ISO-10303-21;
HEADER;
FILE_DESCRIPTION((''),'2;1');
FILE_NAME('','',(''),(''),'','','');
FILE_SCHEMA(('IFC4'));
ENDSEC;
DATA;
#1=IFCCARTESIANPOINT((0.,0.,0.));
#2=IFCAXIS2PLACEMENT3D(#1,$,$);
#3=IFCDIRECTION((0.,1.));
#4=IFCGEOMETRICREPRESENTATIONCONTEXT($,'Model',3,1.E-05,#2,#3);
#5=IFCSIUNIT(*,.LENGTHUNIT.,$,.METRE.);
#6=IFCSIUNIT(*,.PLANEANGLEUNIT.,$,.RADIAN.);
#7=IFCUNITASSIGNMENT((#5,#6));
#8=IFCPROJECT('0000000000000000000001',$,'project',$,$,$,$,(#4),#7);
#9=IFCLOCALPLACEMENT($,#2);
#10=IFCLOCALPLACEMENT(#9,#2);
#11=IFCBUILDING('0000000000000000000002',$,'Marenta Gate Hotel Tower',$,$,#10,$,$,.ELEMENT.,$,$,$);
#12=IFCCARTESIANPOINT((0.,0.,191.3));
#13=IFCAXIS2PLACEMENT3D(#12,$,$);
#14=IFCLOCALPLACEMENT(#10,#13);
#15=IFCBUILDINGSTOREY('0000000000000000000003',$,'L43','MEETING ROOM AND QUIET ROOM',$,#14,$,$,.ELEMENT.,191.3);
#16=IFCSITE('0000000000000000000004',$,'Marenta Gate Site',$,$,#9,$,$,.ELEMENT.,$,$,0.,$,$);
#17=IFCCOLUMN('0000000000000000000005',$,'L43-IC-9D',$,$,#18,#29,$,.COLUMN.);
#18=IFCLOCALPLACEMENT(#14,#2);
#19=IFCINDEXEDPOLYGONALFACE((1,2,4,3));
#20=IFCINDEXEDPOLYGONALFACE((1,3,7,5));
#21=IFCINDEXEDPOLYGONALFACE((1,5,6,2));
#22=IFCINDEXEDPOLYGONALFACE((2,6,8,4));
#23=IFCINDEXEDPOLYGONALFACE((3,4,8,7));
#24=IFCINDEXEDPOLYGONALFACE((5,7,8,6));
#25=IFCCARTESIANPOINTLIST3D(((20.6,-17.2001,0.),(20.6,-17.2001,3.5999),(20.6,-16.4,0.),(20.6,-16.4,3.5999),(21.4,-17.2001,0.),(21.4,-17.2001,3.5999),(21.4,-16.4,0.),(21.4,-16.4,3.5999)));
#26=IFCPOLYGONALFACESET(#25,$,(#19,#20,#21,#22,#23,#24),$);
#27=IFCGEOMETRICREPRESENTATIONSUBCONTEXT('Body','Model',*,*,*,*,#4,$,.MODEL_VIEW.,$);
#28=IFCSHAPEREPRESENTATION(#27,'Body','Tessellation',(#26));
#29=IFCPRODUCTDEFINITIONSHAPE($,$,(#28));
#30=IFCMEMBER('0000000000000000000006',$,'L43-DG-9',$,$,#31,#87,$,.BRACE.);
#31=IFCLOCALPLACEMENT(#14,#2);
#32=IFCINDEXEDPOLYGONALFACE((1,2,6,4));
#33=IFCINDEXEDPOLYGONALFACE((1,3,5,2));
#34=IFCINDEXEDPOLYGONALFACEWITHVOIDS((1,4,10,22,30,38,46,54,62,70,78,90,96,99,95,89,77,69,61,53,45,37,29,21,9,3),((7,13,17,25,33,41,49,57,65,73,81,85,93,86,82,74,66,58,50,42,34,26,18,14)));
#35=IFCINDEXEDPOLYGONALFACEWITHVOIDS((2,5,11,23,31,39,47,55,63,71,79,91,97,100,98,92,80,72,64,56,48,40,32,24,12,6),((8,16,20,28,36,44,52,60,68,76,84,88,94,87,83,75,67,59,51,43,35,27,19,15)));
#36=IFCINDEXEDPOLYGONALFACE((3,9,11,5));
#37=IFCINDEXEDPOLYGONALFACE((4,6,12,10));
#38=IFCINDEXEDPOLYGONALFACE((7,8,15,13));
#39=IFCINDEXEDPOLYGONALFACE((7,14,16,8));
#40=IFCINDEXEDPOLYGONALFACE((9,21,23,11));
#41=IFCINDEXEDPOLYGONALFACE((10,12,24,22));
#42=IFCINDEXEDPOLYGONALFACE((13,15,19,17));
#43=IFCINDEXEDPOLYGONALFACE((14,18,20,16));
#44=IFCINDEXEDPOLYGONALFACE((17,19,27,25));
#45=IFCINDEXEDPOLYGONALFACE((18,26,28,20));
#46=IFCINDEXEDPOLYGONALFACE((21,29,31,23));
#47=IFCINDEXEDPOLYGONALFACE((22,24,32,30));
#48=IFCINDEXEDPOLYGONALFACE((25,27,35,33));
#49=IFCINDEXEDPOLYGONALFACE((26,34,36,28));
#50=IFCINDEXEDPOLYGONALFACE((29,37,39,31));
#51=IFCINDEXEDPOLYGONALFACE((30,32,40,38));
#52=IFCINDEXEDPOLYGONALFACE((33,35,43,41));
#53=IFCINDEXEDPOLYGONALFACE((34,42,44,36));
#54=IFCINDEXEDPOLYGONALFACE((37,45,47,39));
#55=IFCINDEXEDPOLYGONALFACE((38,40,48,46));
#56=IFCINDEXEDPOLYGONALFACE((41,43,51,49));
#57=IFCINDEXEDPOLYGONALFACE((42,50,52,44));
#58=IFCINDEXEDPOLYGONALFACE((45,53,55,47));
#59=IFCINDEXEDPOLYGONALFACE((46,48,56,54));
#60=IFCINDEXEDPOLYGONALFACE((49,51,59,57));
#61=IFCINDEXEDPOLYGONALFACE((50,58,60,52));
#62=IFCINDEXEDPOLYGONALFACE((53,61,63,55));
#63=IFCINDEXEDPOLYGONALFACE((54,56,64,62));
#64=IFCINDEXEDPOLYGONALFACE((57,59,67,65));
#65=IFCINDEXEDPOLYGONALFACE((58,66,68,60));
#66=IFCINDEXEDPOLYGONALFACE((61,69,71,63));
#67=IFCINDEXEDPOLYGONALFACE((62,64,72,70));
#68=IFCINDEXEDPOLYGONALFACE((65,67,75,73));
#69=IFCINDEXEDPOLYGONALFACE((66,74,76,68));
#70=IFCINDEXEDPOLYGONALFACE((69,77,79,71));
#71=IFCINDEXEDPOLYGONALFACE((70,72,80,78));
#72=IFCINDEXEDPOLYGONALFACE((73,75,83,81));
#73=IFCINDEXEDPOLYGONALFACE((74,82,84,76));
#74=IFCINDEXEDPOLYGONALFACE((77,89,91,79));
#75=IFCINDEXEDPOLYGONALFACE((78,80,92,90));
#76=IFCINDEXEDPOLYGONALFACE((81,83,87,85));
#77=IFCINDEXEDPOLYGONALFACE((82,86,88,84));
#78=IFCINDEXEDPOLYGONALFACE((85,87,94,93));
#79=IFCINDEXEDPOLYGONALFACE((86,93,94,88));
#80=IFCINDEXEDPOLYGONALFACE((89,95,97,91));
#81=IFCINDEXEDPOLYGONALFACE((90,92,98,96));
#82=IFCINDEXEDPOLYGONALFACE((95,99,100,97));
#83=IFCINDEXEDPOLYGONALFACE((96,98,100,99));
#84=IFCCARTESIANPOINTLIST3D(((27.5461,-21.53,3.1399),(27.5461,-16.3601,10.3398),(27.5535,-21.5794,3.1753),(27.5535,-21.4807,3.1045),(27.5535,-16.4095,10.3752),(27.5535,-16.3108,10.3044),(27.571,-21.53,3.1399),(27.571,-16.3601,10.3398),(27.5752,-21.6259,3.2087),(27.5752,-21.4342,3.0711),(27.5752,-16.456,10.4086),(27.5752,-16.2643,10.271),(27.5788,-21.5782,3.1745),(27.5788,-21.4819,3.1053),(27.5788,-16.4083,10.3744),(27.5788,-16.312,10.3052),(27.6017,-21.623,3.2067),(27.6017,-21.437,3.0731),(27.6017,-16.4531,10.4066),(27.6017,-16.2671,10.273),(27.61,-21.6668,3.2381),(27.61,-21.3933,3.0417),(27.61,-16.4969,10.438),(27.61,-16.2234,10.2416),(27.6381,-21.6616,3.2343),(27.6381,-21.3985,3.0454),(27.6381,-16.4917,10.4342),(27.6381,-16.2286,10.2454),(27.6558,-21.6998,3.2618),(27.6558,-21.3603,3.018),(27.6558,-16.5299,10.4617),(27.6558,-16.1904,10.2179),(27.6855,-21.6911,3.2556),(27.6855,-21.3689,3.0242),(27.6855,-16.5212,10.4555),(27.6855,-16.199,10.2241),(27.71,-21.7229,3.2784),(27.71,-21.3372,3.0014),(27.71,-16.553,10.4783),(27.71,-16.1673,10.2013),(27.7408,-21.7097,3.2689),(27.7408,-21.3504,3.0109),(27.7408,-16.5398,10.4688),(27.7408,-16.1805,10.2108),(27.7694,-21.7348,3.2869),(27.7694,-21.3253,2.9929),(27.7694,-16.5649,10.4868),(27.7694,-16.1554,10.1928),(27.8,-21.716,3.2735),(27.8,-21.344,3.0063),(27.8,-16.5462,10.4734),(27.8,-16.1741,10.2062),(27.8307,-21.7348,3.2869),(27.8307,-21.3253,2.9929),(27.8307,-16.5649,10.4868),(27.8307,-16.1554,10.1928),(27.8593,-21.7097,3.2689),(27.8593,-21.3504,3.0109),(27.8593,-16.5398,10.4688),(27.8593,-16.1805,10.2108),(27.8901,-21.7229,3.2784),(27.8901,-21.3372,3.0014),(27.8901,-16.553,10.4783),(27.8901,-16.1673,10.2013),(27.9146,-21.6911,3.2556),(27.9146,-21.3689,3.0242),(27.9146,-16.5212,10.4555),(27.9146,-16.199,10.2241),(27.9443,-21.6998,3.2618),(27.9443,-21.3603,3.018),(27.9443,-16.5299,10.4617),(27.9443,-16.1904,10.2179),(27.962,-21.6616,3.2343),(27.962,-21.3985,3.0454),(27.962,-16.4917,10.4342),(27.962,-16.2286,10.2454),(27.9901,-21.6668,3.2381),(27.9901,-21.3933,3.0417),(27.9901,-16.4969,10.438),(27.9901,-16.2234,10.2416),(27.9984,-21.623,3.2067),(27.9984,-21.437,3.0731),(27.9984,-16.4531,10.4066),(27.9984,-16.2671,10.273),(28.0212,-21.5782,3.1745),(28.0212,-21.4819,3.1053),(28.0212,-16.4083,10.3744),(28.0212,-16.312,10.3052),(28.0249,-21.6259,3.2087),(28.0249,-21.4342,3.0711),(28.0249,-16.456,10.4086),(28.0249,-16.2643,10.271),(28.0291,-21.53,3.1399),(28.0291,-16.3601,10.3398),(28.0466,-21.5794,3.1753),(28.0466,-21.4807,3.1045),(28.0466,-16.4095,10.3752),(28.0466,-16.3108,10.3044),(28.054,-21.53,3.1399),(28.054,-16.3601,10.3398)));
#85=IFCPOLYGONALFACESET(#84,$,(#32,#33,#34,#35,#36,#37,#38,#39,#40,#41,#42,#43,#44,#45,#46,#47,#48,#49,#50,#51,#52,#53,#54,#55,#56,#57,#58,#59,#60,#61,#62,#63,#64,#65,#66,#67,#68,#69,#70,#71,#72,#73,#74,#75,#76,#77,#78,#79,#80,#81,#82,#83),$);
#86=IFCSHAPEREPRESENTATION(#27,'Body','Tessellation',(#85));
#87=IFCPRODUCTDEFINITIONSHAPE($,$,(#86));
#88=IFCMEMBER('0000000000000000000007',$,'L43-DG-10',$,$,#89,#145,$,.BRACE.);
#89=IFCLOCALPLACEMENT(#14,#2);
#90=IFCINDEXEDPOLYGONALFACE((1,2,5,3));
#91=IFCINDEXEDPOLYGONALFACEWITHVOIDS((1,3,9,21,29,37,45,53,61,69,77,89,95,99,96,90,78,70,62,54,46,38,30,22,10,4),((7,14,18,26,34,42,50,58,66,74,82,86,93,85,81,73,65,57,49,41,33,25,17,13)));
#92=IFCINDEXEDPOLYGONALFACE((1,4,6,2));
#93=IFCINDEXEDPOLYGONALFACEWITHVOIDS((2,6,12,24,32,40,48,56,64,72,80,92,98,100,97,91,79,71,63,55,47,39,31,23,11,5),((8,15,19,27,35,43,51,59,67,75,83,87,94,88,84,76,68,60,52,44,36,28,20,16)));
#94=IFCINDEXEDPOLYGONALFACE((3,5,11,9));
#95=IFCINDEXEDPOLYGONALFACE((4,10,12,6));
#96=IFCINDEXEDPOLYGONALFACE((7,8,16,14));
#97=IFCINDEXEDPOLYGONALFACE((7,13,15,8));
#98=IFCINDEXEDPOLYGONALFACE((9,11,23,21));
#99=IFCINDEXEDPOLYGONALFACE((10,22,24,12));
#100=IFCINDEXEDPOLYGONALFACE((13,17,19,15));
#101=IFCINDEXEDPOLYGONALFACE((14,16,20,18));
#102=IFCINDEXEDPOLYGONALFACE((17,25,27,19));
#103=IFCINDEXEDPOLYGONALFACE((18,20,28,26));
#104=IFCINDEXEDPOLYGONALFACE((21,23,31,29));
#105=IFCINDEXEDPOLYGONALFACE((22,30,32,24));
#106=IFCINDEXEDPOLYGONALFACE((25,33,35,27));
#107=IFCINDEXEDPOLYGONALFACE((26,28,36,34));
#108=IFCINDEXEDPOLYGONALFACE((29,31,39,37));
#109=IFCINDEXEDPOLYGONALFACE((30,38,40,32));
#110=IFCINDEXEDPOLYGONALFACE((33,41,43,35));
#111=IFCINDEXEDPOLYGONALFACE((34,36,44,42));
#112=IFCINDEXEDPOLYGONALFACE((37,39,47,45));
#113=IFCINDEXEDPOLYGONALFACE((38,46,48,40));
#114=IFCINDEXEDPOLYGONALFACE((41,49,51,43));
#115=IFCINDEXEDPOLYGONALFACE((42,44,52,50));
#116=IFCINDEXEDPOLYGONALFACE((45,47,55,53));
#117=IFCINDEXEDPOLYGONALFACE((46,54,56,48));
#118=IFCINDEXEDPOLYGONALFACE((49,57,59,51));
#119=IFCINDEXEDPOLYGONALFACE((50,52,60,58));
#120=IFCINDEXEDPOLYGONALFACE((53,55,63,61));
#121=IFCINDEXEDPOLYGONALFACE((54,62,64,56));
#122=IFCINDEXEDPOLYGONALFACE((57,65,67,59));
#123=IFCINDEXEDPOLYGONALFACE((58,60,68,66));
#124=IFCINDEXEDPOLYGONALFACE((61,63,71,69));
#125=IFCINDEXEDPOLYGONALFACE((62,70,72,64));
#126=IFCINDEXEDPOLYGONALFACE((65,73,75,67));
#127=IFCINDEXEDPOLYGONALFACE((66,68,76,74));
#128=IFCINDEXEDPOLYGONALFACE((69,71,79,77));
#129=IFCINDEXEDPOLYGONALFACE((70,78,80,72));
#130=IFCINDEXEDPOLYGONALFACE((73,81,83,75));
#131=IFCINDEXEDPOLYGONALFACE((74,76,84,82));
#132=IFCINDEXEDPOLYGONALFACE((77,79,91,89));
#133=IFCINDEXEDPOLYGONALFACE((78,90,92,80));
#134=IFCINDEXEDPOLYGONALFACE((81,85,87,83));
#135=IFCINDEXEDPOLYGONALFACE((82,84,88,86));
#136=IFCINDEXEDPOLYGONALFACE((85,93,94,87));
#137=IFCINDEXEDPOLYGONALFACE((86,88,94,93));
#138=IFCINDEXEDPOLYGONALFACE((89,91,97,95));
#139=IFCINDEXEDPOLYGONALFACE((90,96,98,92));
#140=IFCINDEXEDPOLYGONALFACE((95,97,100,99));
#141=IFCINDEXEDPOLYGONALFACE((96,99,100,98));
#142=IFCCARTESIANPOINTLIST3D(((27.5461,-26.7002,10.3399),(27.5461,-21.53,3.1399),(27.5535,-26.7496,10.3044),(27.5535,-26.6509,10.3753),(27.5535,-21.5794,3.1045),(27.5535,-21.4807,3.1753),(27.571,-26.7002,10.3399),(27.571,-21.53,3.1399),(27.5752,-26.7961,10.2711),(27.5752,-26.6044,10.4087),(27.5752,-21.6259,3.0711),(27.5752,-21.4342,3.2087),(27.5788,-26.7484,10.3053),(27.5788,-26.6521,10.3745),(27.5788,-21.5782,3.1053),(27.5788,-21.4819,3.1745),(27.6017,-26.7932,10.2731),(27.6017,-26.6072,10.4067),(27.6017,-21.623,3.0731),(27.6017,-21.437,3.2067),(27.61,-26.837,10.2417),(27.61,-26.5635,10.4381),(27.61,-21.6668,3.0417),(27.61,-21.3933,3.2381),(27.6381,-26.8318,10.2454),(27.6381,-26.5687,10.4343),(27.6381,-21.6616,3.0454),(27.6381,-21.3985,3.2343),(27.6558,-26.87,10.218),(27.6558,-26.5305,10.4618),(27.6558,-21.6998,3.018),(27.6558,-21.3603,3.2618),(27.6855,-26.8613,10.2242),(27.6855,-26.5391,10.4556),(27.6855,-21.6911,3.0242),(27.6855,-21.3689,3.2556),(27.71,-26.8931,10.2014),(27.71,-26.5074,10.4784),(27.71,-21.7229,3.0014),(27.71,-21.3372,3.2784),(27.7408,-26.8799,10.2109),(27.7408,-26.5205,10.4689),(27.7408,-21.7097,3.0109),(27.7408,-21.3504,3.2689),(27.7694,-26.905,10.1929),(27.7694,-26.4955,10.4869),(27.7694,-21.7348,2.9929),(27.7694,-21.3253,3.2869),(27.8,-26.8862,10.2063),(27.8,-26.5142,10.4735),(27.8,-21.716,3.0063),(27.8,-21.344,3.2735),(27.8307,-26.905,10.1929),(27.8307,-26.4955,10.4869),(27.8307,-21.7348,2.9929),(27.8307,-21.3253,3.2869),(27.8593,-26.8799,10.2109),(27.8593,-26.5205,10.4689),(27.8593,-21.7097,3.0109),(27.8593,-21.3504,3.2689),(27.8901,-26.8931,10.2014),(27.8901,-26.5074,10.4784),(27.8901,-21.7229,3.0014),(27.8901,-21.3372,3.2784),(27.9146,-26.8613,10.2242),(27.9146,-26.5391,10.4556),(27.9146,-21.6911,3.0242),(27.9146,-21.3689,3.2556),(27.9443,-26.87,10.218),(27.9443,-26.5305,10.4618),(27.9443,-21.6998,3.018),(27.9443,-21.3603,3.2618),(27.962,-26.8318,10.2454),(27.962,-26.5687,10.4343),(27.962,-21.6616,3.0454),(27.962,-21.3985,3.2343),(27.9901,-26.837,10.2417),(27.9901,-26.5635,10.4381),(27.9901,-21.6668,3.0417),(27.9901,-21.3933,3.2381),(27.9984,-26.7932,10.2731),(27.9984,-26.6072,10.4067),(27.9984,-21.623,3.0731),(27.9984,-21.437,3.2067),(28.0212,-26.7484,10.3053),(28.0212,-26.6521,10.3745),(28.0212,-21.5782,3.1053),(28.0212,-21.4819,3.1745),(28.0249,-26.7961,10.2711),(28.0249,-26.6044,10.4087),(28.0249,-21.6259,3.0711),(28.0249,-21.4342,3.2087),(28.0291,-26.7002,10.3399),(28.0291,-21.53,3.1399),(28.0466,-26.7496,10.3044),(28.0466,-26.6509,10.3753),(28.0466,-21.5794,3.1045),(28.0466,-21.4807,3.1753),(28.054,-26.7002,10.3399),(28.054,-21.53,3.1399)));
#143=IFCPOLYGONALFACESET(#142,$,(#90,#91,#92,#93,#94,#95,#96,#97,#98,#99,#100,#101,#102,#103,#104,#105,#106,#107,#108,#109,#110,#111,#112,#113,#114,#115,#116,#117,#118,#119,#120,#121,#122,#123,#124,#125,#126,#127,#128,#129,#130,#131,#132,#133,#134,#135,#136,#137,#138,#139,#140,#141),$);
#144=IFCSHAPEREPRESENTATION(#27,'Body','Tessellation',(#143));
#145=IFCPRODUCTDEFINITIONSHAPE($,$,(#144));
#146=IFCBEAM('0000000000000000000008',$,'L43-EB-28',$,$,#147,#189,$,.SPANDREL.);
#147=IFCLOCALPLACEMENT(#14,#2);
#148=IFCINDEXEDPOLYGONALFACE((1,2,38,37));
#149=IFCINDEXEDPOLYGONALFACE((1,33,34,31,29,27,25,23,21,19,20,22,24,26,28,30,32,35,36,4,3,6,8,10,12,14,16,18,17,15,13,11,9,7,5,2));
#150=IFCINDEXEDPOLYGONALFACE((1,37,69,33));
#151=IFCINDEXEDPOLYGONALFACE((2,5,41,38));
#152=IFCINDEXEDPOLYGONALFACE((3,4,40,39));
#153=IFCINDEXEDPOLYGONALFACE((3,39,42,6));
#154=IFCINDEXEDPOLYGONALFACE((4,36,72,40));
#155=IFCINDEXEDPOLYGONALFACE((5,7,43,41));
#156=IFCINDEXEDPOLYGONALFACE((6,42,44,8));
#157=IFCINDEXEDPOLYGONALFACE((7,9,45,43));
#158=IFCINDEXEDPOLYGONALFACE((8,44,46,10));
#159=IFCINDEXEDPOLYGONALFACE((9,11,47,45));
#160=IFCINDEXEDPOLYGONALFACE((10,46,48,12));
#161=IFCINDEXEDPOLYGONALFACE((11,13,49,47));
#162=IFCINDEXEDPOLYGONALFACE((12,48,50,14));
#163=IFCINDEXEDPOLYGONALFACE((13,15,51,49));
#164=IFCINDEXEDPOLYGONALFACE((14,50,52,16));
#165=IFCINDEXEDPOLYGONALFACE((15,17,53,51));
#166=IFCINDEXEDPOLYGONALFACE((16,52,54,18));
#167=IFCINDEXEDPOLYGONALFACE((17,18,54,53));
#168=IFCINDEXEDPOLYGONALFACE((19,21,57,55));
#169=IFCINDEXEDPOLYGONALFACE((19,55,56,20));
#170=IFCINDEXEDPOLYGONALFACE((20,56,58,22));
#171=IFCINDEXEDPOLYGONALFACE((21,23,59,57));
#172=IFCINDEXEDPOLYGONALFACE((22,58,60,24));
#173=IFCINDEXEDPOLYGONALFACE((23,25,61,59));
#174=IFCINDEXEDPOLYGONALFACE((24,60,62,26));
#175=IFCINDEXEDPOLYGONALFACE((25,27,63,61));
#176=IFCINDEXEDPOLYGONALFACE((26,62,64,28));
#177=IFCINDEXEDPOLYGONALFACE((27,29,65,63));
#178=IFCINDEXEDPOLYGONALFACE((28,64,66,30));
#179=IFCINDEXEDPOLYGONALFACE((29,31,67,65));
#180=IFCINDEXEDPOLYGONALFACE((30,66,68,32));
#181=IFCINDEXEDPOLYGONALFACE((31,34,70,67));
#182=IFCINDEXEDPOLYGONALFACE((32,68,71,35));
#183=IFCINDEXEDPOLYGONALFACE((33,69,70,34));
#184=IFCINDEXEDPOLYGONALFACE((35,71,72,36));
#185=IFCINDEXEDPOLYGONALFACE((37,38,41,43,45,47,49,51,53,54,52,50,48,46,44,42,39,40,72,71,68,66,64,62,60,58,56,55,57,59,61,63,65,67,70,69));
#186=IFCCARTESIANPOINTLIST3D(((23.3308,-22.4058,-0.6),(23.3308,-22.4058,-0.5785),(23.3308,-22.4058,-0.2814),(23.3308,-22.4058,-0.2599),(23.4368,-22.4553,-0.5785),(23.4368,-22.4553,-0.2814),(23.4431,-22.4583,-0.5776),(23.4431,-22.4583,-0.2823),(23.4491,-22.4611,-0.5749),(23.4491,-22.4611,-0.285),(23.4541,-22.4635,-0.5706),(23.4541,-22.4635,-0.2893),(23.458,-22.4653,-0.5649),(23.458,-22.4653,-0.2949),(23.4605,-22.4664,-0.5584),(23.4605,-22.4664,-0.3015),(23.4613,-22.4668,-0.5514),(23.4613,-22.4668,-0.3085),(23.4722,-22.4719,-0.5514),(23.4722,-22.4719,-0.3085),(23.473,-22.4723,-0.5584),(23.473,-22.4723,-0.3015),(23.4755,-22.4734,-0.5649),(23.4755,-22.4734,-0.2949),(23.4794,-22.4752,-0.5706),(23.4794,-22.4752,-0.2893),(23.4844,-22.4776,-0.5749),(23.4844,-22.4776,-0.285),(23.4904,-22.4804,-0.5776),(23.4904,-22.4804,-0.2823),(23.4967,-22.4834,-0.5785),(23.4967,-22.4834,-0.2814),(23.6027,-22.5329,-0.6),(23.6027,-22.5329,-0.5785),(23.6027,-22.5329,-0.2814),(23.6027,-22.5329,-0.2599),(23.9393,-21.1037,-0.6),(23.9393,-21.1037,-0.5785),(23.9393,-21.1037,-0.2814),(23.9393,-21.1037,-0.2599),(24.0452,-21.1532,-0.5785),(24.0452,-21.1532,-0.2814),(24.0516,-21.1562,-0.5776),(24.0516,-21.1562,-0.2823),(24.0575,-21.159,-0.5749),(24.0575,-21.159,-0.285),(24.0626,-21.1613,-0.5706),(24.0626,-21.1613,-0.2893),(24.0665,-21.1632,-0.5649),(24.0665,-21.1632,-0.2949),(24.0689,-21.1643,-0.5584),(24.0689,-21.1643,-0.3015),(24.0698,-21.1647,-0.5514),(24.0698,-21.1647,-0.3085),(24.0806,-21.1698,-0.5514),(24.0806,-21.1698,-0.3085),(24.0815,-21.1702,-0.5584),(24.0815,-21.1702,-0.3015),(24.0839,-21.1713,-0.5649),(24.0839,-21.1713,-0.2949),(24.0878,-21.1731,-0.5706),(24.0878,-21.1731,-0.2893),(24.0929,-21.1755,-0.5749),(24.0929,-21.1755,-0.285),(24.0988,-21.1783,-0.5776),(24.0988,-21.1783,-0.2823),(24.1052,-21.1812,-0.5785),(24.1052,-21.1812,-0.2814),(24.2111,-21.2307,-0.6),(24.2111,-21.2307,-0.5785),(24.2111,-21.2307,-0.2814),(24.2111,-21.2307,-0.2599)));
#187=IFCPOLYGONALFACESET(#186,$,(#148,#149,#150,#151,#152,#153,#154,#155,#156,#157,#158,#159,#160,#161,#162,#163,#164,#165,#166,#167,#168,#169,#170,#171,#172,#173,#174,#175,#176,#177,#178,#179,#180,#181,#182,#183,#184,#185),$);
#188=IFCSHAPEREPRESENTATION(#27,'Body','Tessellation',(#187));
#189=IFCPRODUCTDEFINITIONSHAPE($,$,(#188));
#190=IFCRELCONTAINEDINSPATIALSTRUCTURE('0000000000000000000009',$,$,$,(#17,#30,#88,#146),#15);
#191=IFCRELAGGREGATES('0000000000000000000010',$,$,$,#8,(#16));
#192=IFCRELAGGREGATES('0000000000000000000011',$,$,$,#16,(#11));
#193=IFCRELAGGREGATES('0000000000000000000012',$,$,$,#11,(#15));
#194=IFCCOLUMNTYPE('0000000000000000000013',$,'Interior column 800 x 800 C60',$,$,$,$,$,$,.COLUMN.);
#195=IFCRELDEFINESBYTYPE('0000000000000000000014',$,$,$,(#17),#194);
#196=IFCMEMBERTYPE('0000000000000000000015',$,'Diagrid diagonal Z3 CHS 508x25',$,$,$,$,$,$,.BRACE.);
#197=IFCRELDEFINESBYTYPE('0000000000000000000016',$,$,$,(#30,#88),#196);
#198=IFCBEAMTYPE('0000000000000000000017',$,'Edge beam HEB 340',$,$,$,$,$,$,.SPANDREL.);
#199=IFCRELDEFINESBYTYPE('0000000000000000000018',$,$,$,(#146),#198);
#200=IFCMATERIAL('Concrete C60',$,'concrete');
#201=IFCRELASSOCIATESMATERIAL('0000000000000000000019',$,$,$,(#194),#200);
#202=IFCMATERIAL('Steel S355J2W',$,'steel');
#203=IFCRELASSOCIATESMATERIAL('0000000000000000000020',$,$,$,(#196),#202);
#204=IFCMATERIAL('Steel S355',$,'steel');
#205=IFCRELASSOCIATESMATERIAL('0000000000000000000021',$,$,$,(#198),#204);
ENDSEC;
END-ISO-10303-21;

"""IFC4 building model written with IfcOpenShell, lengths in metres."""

from ifc_helpers import new_model, si_unit, direction, frame, origin, origin_2d, place, context, subcontext, project, spatial, rectangle, hollow_circle, i_section, extrude, material, material_profile, profile_set, type_object, element, save


model = new_model("IFC4")

# Units and contexts
model_context = context("Model", 3, precision=1e-05, world=origin(), true_north=direction((0.0, 1.0)))
body_context = subcontext(model_context, "Body", "Model", "MODEL_VIEW")
ifc_project = project(units=[si_unit("LENGTHUNIT", "METRE"), si_unit("PLANEANGLEUNIT", "RADIAN")], contexts=[model_context])

# Site, building, storey
site_placement = place(None, origin())
site = spatial("IfcSite", under=ifc_project, at=site_placement, Name="Marenta Gate Site", CompositionType="ELEMENT", RefElevation=0.0)
building_placement = place(site_placement, origin())
building = spatial("IfcBuilding", under=site, at=building_placement, Name="Marenta Gate Hotel Tower", CompositionType="ELEMENT")
storey_placement = place(building_placement, frame((0.0, 0.0, 191.3)))
storey = spatial("IfcBuildingStorey", under=building, at=storey_placement, Name="L43", Description="MEETING ROOM AND QUIET ROOM", CompositionType="ELEMENT", Elevation=191.3)

# Column
ifc_material_1 = material(Name="Concrete C60", Category="concrete")
ifc_material_profile_1 = material_profile(ifc_material_1, rectangle(XDim=0.8, YDim=0.8, at=origin_2d()), Name="800 x 800")
ifc_profile_set_1 = profile_set([ifc_material_profile_1], Name="Concrete C60")
column_type = type_object("IfcColumnType", Name="Interior column 800 x 800 C60", PredefinedType="COLUMN", material=ifc_profile_set_1)
column_placement = place(storey_placement, frame((21.0, -16.8, 0.0), z_axis=(0.0, 0.0, 1.0), x_axis=(1.0, 0.0, 0.0)))
element("IfcColumn", 1, at=column_placement, inside=storey, type_object=column_type, Name="L43-IC-9D", PredefinedType="COLUMN", context=body_context, shape_type="SweptSolid", body=[
    extrude(rectangle(XDim=0.8, YDim=0.8, at=origin_2d()), origin(), (0.0, 0.0, 1.0), 3.5999),
])

# Members
ifc_material_2 = material(Name="Steel S355J2W", Category="steel")
ifc_material_profile_2 = material_profile(ifc_material_2, hollow_circle(Radius=0.2539, WallThickness=0.0249, at=origin_2d()), Name="CHS 508x25")
ifc_profile_set_2 = profile_set([ifc_material_profile_2], Name="Steel S355J2W")
member_type_1 = type_object("IfcMemberType", Name="Diagrid diagonal Z3 CHS 508x25", PredefinedType="BRACE", material=ifc_profile_set_2)
member_1_placement = place(storey_placement, frame((27.8, -21.53, 3.1399), z_axis=(0.0, 0.583261, 0.812285), x_axis=(-1.0, 0.0, 0.0)))
element("IfcMember", 2, at=member_1_placement, inside=storey, type_object=member_type_1, Name="L43-DG-9", PredefinedType="BRACE", context=body_context, shape_type="SweptSolid", body=[
    extrude(hollow_circle(Radius=0.2539, WallThickness=0.0249, at=origin_2d()), origin(), (0.0, 0.0, 1.0), 8.8638),
])
member_2_placement = place(storey_placement, frame((27.8, -21.53, 3.1399), z_axis=(0.0, -0.583279, 0.812272), x_axis=(1.0, 0.0, 0.0)))
element("IfcMember", 3, at=member_2_placement, inside=storey, type_object=member_type_1, Name="L43-DG-10", PredefinedType="BRACE", context=body_context, shape_type="SweptSolid", body=[
    extrude(hollow_circle(Radius=0.2539, WallThickness=0.0249, at=origin_2d()), origin(), (0.0, 0.0, 1.0), 8.864),
])

# Beam
ifc_material_3 = material(Name="Steel S355", Category="steel")
ifc_material_profile_3 = material_profile(ifc_material_3, i_section(OverallWidth=0.3, OverallDepth=0.3401, WebThickness=0.012, FlangeThickness=0.0215, FilletRadius=0.0271, at=origin_2d()), Name="HEB 340")
ifc_profile_set_3 = profile_set([ifc_material_profile_3], Name="Steel S355")
beam_type_1 = type_object("IfcBeamType", Name="Edge beam HEB 340", PredefinedType="SPANDREL", material=ifc_profile_set_3)
beam_1_placement = place(storey_placement, frame((24.0752, -21.1672, -0.4299), z_axis=(-0.423341, -0.90597, 0.0), x_axis=(0.90597, -0.423341, 0.0)))
element("IfcBeam", 4, at=beam_1_placement, inside=storey, type_object=beam_type_1, Name="L43-EB-28", PredefinedType="SPANDREL", context=body_context, shape_type="SweptSolid", body=[
    extrude(i_section(OverallWidth=0.3, OverallDepth=0.3401, WebThickness=0.012, FlangeThickness=0.0215, FilletRadius=0.0271, at=origin_2d()), origin(), (0.0, 0.0, 1.0), 1.4373),
])

save(model, "model.ifc")
